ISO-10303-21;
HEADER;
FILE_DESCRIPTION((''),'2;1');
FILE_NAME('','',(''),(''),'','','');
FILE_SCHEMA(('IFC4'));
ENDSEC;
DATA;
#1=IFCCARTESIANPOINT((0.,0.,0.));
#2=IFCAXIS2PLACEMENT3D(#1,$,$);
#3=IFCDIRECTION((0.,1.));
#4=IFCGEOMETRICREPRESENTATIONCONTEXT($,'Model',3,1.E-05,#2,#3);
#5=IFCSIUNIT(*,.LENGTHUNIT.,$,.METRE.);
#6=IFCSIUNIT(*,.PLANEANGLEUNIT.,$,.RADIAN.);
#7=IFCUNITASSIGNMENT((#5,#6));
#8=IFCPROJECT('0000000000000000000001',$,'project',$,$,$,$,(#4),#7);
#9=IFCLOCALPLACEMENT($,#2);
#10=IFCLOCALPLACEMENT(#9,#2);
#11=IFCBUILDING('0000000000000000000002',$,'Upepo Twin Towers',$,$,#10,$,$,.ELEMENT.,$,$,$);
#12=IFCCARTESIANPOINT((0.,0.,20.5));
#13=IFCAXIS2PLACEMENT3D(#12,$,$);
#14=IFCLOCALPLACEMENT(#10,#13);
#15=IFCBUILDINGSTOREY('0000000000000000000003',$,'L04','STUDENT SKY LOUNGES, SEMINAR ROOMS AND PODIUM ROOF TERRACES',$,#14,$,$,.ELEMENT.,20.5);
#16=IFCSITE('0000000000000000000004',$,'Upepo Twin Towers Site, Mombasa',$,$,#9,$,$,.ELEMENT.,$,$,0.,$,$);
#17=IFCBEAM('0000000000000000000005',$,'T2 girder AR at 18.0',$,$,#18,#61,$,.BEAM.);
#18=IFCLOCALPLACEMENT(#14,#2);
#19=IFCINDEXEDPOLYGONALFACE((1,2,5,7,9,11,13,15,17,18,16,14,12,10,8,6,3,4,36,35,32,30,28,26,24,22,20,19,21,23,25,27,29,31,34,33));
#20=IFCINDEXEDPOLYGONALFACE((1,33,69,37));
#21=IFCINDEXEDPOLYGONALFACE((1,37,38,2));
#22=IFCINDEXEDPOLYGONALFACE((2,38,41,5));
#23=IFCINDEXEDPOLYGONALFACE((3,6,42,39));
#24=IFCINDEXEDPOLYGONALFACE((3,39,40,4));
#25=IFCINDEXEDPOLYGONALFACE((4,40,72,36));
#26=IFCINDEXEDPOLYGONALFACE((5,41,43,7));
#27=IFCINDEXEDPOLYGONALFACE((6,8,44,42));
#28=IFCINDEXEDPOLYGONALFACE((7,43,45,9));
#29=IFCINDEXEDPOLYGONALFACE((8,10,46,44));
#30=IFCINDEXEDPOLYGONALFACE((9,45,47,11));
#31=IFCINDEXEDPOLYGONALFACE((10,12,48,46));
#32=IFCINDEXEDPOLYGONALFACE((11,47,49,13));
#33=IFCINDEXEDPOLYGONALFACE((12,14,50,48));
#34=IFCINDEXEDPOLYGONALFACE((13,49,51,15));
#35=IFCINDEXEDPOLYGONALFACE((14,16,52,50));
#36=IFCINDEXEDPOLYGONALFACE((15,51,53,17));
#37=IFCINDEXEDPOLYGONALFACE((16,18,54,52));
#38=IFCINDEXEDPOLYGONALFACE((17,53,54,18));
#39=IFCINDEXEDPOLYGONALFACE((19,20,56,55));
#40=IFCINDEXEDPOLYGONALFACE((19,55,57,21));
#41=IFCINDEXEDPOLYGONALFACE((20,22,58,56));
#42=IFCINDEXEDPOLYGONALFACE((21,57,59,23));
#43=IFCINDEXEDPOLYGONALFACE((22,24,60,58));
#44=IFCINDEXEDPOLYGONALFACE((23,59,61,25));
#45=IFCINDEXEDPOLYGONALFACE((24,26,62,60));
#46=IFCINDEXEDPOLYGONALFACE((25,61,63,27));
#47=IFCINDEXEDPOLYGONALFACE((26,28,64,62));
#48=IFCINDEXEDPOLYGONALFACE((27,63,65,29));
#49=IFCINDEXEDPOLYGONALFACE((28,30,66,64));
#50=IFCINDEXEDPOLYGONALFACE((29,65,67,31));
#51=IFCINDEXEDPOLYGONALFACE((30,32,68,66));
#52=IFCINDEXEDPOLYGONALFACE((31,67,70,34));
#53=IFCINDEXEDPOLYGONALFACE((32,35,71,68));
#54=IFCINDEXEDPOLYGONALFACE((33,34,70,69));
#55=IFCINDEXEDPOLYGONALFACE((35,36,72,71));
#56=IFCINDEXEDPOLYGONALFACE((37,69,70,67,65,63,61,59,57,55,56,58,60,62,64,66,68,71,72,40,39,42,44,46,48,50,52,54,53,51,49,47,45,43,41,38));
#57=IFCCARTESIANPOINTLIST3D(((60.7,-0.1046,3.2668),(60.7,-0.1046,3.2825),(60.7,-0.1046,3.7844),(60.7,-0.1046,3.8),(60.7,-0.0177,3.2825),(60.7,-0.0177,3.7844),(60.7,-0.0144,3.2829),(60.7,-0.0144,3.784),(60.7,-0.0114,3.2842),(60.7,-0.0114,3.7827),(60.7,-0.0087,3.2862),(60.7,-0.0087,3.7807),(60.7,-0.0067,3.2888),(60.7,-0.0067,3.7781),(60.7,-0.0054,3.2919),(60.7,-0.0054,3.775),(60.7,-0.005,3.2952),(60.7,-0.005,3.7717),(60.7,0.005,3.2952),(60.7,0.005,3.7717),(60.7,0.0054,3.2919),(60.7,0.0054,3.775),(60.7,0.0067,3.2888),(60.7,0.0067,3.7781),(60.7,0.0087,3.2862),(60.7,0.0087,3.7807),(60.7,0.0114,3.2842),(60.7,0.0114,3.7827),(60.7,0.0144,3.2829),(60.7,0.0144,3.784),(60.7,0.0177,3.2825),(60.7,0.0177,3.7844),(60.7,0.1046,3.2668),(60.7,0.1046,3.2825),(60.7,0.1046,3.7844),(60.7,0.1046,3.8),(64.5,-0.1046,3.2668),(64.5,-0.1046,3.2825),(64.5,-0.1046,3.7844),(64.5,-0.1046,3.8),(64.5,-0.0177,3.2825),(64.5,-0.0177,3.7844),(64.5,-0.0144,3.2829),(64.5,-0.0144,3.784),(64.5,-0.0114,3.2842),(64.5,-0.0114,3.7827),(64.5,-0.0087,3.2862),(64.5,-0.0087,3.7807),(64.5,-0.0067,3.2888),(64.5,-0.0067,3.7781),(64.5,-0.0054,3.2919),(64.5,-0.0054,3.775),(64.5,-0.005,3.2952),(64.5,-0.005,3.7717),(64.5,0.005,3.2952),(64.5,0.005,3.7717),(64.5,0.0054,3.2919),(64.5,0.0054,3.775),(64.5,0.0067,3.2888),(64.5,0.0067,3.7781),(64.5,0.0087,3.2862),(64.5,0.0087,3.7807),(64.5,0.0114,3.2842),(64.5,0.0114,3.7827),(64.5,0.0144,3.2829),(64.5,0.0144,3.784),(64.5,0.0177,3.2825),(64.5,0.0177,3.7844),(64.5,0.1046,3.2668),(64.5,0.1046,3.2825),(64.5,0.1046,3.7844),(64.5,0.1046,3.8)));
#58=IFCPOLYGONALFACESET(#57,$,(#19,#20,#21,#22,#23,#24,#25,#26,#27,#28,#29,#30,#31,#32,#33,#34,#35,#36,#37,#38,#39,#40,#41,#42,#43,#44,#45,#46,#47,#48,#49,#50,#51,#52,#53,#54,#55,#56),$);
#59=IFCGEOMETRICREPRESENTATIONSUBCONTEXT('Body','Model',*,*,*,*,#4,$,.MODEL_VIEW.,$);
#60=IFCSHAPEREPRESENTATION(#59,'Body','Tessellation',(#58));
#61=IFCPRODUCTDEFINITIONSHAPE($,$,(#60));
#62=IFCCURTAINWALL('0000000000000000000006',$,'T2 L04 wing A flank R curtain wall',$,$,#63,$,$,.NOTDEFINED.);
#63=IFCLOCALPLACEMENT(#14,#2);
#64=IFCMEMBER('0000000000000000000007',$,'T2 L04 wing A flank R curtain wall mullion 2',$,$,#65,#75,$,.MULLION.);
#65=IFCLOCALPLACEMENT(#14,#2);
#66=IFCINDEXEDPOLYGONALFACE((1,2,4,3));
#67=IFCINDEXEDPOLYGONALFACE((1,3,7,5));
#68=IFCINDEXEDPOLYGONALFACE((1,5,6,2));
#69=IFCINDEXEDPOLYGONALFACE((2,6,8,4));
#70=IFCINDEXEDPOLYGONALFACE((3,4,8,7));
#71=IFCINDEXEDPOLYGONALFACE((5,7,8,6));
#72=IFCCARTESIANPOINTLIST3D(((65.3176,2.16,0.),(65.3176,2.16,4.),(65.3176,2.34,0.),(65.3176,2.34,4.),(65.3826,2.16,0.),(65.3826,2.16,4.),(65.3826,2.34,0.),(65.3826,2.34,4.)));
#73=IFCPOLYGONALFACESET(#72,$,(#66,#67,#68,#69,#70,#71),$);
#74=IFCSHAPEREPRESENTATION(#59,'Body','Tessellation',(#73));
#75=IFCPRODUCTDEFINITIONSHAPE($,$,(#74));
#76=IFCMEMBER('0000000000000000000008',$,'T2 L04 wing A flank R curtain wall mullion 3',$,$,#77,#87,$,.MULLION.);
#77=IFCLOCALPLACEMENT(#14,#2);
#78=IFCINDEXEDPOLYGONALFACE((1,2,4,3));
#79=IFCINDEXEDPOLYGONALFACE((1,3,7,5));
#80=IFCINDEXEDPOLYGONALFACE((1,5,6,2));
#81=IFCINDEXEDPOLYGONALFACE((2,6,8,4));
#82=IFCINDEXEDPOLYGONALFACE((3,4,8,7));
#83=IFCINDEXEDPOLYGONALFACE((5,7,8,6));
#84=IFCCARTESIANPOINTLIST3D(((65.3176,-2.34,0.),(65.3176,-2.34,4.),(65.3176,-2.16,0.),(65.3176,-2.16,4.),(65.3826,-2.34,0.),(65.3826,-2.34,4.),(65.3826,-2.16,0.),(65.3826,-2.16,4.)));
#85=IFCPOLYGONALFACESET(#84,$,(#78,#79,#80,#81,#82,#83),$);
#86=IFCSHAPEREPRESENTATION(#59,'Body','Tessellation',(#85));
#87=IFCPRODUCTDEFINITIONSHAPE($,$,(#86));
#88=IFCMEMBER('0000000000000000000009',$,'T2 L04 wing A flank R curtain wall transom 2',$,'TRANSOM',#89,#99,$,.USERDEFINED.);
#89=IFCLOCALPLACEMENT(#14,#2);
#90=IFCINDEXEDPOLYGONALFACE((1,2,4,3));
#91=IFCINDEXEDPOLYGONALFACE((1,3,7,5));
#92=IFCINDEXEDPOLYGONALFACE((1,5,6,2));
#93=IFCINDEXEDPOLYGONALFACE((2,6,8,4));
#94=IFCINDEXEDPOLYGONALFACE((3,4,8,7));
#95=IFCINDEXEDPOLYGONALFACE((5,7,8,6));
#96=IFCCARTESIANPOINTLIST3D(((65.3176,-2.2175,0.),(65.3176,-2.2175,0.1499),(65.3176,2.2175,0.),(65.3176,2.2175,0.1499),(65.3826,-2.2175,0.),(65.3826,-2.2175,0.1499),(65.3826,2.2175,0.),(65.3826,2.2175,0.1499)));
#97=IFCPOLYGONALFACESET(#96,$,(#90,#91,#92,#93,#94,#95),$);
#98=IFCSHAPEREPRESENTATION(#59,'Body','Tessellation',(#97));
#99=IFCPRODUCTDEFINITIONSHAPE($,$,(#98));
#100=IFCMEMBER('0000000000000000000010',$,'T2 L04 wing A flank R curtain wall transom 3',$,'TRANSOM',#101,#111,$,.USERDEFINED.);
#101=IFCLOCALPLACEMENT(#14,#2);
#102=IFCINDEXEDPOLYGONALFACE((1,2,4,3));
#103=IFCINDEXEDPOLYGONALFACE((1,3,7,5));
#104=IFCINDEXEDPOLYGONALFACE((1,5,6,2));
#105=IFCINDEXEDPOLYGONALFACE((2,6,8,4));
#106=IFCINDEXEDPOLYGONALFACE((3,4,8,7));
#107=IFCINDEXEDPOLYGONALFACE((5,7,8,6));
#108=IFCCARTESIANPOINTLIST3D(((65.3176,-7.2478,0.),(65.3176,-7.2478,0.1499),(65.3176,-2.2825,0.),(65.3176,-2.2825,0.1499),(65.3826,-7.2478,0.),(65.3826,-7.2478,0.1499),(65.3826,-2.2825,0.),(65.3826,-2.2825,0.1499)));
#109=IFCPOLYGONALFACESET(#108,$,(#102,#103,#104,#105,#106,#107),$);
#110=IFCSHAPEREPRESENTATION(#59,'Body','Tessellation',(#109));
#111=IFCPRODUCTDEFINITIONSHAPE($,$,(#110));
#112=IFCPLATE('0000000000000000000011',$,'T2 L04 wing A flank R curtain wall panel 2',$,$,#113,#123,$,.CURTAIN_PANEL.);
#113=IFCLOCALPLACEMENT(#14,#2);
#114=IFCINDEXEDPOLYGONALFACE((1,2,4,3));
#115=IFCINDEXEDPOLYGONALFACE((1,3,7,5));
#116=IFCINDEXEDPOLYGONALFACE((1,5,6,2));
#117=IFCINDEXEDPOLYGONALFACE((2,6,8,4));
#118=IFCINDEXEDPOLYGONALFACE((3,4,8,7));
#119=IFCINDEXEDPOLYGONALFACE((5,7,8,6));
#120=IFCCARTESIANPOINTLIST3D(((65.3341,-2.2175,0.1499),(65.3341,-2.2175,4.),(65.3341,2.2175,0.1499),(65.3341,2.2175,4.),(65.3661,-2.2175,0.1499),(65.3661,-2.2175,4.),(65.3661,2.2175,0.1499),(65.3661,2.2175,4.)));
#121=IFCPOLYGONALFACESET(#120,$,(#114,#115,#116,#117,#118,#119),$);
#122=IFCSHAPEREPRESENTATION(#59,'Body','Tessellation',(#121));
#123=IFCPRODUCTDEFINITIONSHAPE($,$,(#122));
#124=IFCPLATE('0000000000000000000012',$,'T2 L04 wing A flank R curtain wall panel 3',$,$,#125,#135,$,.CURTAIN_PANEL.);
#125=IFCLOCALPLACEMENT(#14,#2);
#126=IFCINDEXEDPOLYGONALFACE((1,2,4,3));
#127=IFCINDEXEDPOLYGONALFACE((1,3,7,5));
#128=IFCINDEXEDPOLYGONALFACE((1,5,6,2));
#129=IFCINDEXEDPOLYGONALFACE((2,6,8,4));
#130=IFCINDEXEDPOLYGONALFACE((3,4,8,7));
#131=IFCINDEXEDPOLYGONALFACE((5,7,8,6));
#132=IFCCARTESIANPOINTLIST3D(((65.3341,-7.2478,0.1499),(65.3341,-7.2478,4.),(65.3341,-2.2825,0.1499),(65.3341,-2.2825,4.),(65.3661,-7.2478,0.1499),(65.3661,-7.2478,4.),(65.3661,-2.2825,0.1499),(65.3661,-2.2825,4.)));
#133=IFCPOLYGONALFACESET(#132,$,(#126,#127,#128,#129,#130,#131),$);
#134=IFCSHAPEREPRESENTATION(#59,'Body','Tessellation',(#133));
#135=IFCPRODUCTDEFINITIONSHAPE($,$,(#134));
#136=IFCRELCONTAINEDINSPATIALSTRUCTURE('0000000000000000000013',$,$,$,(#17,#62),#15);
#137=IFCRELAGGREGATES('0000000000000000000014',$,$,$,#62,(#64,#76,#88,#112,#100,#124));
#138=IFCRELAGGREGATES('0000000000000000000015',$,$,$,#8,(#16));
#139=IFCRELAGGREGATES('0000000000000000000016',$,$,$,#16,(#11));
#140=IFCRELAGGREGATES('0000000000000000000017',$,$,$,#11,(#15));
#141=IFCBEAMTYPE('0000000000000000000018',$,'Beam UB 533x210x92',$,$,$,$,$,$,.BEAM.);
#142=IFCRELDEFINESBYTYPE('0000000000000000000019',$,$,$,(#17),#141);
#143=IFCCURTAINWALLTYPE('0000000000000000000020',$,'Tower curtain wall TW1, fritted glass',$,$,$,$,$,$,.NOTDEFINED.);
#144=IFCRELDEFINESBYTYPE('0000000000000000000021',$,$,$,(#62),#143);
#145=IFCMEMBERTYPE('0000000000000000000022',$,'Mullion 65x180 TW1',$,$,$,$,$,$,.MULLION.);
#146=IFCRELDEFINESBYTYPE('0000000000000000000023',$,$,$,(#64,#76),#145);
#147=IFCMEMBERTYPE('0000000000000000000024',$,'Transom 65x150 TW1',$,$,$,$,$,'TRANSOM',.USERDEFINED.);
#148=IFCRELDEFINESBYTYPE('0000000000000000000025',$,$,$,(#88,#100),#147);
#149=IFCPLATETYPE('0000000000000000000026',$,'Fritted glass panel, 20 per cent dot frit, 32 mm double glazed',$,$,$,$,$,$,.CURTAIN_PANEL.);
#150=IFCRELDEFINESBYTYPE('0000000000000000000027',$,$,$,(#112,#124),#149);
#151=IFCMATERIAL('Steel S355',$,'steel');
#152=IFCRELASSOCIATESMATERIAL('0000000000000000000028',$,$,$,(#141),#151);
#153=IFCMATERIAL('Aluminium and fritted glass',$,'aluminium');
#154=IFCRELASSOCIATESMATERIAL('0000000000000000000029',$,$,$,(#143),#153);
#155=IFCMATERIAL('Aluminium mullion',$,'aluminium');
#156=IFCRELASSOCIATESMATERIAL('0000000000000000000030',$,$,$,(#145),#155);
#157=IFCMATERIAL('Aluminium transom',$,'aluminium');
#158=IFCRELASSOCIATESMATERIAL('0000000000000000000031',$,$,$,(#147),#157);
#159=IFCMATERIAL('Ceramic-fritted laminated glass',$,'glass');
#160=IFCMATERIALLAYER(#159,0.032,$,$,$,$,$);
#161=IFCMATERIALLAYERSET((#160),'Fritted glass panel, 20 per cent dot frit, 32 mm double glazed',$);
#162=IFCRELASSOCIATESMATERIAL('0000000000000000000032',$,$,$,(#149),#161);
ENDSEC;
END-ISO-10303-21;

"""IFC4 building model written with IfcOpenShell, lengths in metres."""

from ifc_helpers import new_model, si_unit, direction, frame, origin, origin_2d, place, context, subcontext, project, spatial, rectangle, i_section, extrude, material, layer, layer_set, material_profile, profile_set, type_object, element, aggregate, save


model = new_model("IFC4")

# Units and contexts
model_context = context("Model", 3, precision=1e-05, world=origin(), true_north=direction((0.0, 1.0)))
body_context = subcontext(model_context, "Body", "Model", "MODEL_VIEW")
ifc_project = project(units=[si_unit("LENGTHUNIT", "METRE"), si_unit("PLANEANGLEUNIT", "RADIAN")], contexts=[model_context])

# Site, building, storey
site_placement = place(None, origin())
site = spatial("IfcSite", under=ifc_project, at=site_placement, Name="Upepo Twin Towers Site, Mombasa", CompositionType="ELEMENT", RefElevation=0.0)
building_placement = place(site_placement, origin())
building = spatial("IfcBuilding", under=site, at=building_placement, Name="Upepo Twin Towers", CompositionType="ELEMENT")
storey_placement = place(building_placement, frame((0.0, 0.0, 20.5)))
storey = spatial("IfcBuildingStorey", under=building, at=storey_placement, Name="L04", Description="STUDENT SKY LOUNGES, SEMINAR ROOMS AND PODIUM ROOF TERRACES", CompositionType="ELEMENT", Elevation=20.5)

# Beam
ifc_material_1 = material(Name="Steel S355", Category="steel")
ifc_material_profile_1 = material_profile(ifc_material_1, i_section(OverallWidth=0.2092, OverallDepth=0.5332, WebThickness=0.01, FlangeThickness=0.0156, FilletRadius=0.0127, at=origin_2d()), Name="UB 533x210x92")
ifc_profile_set_1 = profile_set([ifc_material_profile_1], Name="Steel S355")
beam_type_1 = type_object("IfcBeamType", Name="Beam UB 533x210x92", PredefinedType="BEAM", material=ifc_profile_set_1)
for number, where, z_axis, x_axis, name in (
    (1, (64.5, 0.0, 3.5334), (-1.0, 0.0, 0.0), (0.0, -1.0, 0.0), "T2 girder AR at 18.0"),
):
    element("IfcBeam", number, at=place(storey_placement, frame(where, z_axis=z_axis, x_axis=x_axis)), inside=storey, type_object=beam_type_1, Name=name, PredefinedType="BEAM", context=body_context, shape_type="SweptSolid", body=[
        extrude(i_section(OverallWidth=0.2092, OverallDepth=0.5332, WebThickness=0.01, FlangeThickness=0.0156, FilletRadius=0.0127, at=origin_2d()), origin(), (0.0, 0.0, 1.0), 3.8),
    ])

# Curtain wall, members, plates
ifc_material_2 = material(Name="Aluminium and fritted glass", Category="aluminium")
curtain_wall_type = type_object("IfcCurtainWallType", Name="Tower curtain wall TW1, fritted glass", PredefinedType="NOTDEFINED", material=ifc_material_2)
curtain_wall_placement = place(storey_placement, origin())
curtain_wall = element("IfcCurtainWall", 2, at=curtain_wall_placement, inside=storey, type_object=curtain_wall_type, Name="T2 L04 wing A flank R curtain wall", PredefinedType="NOTDEFINED")
ifc_material_3 = material(Name="Aluminium mullion", Category="aluminium")
ifc_material_profile_2 = material_profile(ifc_material_3, rectangle(XDim=0.0649, YDim=0.1799, at=origin_2d()), Name="MULLION 65x180")
ifc_profile_set_2 = profile_set([ifc_material_profile_2], Name="Aluminium mullion")
member_type_1 = type_object("IfcMemberType", Name="Mullion 65x180 TW1", PredefinedType="MULLION", material=ifc_profile_set_2)
member_1_placement = place(storey_placement, frame((65.3501, 2.25, 0.0), z_axis=(0.0, 0.0, 1.0), x_axis=(1.0, 0.0, 0.0)))
member_1 = element("IfcMember", 3, at=member_1_placement, type_object=member_type_1, Name="T2 L04 wing A flank R curtain wall mullion 2", PredefinedType="MULLION", context=body_context, shape_type="SweptSolid", body=[
    extrude(rectangle(XDim=0.0649, YDim=0.1799, at=origin_2d()), origin(), (0.0, 0.0, 1.0), 4.0),
])
member_2_placement = place(storey_placement, frame((65.3501, -2.25, 0.0), z_axis=(0.0, 0.0, 1.0), x_axis=(1.0, 0.0, 0.0)))
member_2 = element("IfcMember", 4, at=member_2_placement, type_object=member_type_1, Name="T2 L04 wing A flank R curtain wall mullion 3", PredefinedType="MULLION", context=body_context, shape_type="SweptSolid", body=[
    extrude(rectangle(XDim=0.0649, YDim=0.1799, at=origin_2d()), origin(), (0.0, 0.0, 1.0), 4.0),
])
ifc_material_4 = material(Name="Aluminium transom", Category="aluminium")
ifc_material_profile_3 = material_profile(ifc_material_4, rectangle(XDim=0.0649, YDim=0.1499, at=origin_2d()), Name="TRANSOM 65x150")
ifc_profile_set_3 = profile_set([ifc_material_profile_3], Name="Aluminium transom")
member_type_2 = type_object("IfcMemberType", Name="Transom 65x150 TW1", ElementType="TRANSOM", PredefinedType="USERDEFINED", material=ifc_profile_set_3)
member_3_placement = place(storey_placement, frame((65.3501, 2.2175, 0.075), z_axis=(0.0, -1.0, 0.0), x_axis=(1.0, 0.0, 0.0)))
member_3 = element("IfcMember", 5, at=member_3_placement, type_object=member_type_2, Name="T2 L04 wing A flank R curtain wall transom 2", ObjectType="TRANSOM", PredefinedType="USERDEFINED", context=body_context, shape_type="SweptSolid", body=[
    extrude(rectangle(XDim=0.0649, YDim=0.1499, at=origin_2d()), origin(), (0.0, 0.0, 1.0), 4.4351),
])
member_4_placement = place(storey_placement, frame((65.3501, -2.2825, 0.075), z_axis=(0.0, -1.0, 0.0), x_axis=(1.0, 0.0, 0.0)))
member_4 = element("IfcMember", 6, at=member_4_placement, type_object=member_type_2, Name="T2 L04 wing A flank R curtain wall transom 3", ObjectType="TRANSOM", PredefinedType="USERDEFINED", context=body_context, shape_type="SweptSolid", body=[
    extrude(rectangle(XDim=0.0649, YDim=0.1499, at=origin_2d()), origin(), (0.0, 0.0, 1.0), 4.9653),
])
ifc_material_5 = material(Name="Ceramic-fritted laminated glass", Category="glass")
ifc_layer_1 = layer(ifc_material_5, 0.032)
ifc_layer_set_1 = layer_set([ifc_layer_1], Name="Fritted glass panel, 20 per cent dot frit, 32 mm double glazed")
plate_type = type_object("IfcPlateType", Name="Fritted glass panel, 20 per cent dot frit, 32 mm double glazed", PredefinedType="CURTAIN_PANEL", material=ifc_layer_set_1)
plate_1_placement = place(storey_placement, frame((65.3501, 0.0, 0.1499), z_axis=(0.0, 0.0, 1.0), x_axis=(0.0, -1.0, 0.0)))
plate_1 = element("IfcPlate", 7, at=plate_1_placement, type_object=plate_type, Name="T2 L04 wing A flank R curtain wall panel 2", PredefinedType="CURTAIN_PANEL", context=body_context, shape_type="SweptSolid", body=[
    extrude(rectangle(XDim=4.4351, YDim=0.032, at=origin_2d()), origin(), (0.0, 0.0, 1.0), 3.8501),
])
plate_2_placement = place(storey_placement, frame((65.3501, -4.7651, 0.1499), z_axis=(0.0, 0.0, 1.0), x_axis=(0.0, -1.0, 0.0)))
plate_2 = element("IfcPlate", 8, at=plate_2_placement, type_object=plate_type, Name="T2 L04 wing A flank R curtain wall panel 3", PredefinedType="CURTAIN_PANEL", context=body_context, shape_type="SweptSolid", body=[
    extrude(rectangle(XDim=4.9653, YDim=0.032, at=origin_2d()), origin(), (0.0, 0.0, 1.0), 3.8501),
])
aggregate(curtain_wall, [member_1, member_2, member_3, plate_1, member_4, plate_2])

save(model, "model.ifc")
